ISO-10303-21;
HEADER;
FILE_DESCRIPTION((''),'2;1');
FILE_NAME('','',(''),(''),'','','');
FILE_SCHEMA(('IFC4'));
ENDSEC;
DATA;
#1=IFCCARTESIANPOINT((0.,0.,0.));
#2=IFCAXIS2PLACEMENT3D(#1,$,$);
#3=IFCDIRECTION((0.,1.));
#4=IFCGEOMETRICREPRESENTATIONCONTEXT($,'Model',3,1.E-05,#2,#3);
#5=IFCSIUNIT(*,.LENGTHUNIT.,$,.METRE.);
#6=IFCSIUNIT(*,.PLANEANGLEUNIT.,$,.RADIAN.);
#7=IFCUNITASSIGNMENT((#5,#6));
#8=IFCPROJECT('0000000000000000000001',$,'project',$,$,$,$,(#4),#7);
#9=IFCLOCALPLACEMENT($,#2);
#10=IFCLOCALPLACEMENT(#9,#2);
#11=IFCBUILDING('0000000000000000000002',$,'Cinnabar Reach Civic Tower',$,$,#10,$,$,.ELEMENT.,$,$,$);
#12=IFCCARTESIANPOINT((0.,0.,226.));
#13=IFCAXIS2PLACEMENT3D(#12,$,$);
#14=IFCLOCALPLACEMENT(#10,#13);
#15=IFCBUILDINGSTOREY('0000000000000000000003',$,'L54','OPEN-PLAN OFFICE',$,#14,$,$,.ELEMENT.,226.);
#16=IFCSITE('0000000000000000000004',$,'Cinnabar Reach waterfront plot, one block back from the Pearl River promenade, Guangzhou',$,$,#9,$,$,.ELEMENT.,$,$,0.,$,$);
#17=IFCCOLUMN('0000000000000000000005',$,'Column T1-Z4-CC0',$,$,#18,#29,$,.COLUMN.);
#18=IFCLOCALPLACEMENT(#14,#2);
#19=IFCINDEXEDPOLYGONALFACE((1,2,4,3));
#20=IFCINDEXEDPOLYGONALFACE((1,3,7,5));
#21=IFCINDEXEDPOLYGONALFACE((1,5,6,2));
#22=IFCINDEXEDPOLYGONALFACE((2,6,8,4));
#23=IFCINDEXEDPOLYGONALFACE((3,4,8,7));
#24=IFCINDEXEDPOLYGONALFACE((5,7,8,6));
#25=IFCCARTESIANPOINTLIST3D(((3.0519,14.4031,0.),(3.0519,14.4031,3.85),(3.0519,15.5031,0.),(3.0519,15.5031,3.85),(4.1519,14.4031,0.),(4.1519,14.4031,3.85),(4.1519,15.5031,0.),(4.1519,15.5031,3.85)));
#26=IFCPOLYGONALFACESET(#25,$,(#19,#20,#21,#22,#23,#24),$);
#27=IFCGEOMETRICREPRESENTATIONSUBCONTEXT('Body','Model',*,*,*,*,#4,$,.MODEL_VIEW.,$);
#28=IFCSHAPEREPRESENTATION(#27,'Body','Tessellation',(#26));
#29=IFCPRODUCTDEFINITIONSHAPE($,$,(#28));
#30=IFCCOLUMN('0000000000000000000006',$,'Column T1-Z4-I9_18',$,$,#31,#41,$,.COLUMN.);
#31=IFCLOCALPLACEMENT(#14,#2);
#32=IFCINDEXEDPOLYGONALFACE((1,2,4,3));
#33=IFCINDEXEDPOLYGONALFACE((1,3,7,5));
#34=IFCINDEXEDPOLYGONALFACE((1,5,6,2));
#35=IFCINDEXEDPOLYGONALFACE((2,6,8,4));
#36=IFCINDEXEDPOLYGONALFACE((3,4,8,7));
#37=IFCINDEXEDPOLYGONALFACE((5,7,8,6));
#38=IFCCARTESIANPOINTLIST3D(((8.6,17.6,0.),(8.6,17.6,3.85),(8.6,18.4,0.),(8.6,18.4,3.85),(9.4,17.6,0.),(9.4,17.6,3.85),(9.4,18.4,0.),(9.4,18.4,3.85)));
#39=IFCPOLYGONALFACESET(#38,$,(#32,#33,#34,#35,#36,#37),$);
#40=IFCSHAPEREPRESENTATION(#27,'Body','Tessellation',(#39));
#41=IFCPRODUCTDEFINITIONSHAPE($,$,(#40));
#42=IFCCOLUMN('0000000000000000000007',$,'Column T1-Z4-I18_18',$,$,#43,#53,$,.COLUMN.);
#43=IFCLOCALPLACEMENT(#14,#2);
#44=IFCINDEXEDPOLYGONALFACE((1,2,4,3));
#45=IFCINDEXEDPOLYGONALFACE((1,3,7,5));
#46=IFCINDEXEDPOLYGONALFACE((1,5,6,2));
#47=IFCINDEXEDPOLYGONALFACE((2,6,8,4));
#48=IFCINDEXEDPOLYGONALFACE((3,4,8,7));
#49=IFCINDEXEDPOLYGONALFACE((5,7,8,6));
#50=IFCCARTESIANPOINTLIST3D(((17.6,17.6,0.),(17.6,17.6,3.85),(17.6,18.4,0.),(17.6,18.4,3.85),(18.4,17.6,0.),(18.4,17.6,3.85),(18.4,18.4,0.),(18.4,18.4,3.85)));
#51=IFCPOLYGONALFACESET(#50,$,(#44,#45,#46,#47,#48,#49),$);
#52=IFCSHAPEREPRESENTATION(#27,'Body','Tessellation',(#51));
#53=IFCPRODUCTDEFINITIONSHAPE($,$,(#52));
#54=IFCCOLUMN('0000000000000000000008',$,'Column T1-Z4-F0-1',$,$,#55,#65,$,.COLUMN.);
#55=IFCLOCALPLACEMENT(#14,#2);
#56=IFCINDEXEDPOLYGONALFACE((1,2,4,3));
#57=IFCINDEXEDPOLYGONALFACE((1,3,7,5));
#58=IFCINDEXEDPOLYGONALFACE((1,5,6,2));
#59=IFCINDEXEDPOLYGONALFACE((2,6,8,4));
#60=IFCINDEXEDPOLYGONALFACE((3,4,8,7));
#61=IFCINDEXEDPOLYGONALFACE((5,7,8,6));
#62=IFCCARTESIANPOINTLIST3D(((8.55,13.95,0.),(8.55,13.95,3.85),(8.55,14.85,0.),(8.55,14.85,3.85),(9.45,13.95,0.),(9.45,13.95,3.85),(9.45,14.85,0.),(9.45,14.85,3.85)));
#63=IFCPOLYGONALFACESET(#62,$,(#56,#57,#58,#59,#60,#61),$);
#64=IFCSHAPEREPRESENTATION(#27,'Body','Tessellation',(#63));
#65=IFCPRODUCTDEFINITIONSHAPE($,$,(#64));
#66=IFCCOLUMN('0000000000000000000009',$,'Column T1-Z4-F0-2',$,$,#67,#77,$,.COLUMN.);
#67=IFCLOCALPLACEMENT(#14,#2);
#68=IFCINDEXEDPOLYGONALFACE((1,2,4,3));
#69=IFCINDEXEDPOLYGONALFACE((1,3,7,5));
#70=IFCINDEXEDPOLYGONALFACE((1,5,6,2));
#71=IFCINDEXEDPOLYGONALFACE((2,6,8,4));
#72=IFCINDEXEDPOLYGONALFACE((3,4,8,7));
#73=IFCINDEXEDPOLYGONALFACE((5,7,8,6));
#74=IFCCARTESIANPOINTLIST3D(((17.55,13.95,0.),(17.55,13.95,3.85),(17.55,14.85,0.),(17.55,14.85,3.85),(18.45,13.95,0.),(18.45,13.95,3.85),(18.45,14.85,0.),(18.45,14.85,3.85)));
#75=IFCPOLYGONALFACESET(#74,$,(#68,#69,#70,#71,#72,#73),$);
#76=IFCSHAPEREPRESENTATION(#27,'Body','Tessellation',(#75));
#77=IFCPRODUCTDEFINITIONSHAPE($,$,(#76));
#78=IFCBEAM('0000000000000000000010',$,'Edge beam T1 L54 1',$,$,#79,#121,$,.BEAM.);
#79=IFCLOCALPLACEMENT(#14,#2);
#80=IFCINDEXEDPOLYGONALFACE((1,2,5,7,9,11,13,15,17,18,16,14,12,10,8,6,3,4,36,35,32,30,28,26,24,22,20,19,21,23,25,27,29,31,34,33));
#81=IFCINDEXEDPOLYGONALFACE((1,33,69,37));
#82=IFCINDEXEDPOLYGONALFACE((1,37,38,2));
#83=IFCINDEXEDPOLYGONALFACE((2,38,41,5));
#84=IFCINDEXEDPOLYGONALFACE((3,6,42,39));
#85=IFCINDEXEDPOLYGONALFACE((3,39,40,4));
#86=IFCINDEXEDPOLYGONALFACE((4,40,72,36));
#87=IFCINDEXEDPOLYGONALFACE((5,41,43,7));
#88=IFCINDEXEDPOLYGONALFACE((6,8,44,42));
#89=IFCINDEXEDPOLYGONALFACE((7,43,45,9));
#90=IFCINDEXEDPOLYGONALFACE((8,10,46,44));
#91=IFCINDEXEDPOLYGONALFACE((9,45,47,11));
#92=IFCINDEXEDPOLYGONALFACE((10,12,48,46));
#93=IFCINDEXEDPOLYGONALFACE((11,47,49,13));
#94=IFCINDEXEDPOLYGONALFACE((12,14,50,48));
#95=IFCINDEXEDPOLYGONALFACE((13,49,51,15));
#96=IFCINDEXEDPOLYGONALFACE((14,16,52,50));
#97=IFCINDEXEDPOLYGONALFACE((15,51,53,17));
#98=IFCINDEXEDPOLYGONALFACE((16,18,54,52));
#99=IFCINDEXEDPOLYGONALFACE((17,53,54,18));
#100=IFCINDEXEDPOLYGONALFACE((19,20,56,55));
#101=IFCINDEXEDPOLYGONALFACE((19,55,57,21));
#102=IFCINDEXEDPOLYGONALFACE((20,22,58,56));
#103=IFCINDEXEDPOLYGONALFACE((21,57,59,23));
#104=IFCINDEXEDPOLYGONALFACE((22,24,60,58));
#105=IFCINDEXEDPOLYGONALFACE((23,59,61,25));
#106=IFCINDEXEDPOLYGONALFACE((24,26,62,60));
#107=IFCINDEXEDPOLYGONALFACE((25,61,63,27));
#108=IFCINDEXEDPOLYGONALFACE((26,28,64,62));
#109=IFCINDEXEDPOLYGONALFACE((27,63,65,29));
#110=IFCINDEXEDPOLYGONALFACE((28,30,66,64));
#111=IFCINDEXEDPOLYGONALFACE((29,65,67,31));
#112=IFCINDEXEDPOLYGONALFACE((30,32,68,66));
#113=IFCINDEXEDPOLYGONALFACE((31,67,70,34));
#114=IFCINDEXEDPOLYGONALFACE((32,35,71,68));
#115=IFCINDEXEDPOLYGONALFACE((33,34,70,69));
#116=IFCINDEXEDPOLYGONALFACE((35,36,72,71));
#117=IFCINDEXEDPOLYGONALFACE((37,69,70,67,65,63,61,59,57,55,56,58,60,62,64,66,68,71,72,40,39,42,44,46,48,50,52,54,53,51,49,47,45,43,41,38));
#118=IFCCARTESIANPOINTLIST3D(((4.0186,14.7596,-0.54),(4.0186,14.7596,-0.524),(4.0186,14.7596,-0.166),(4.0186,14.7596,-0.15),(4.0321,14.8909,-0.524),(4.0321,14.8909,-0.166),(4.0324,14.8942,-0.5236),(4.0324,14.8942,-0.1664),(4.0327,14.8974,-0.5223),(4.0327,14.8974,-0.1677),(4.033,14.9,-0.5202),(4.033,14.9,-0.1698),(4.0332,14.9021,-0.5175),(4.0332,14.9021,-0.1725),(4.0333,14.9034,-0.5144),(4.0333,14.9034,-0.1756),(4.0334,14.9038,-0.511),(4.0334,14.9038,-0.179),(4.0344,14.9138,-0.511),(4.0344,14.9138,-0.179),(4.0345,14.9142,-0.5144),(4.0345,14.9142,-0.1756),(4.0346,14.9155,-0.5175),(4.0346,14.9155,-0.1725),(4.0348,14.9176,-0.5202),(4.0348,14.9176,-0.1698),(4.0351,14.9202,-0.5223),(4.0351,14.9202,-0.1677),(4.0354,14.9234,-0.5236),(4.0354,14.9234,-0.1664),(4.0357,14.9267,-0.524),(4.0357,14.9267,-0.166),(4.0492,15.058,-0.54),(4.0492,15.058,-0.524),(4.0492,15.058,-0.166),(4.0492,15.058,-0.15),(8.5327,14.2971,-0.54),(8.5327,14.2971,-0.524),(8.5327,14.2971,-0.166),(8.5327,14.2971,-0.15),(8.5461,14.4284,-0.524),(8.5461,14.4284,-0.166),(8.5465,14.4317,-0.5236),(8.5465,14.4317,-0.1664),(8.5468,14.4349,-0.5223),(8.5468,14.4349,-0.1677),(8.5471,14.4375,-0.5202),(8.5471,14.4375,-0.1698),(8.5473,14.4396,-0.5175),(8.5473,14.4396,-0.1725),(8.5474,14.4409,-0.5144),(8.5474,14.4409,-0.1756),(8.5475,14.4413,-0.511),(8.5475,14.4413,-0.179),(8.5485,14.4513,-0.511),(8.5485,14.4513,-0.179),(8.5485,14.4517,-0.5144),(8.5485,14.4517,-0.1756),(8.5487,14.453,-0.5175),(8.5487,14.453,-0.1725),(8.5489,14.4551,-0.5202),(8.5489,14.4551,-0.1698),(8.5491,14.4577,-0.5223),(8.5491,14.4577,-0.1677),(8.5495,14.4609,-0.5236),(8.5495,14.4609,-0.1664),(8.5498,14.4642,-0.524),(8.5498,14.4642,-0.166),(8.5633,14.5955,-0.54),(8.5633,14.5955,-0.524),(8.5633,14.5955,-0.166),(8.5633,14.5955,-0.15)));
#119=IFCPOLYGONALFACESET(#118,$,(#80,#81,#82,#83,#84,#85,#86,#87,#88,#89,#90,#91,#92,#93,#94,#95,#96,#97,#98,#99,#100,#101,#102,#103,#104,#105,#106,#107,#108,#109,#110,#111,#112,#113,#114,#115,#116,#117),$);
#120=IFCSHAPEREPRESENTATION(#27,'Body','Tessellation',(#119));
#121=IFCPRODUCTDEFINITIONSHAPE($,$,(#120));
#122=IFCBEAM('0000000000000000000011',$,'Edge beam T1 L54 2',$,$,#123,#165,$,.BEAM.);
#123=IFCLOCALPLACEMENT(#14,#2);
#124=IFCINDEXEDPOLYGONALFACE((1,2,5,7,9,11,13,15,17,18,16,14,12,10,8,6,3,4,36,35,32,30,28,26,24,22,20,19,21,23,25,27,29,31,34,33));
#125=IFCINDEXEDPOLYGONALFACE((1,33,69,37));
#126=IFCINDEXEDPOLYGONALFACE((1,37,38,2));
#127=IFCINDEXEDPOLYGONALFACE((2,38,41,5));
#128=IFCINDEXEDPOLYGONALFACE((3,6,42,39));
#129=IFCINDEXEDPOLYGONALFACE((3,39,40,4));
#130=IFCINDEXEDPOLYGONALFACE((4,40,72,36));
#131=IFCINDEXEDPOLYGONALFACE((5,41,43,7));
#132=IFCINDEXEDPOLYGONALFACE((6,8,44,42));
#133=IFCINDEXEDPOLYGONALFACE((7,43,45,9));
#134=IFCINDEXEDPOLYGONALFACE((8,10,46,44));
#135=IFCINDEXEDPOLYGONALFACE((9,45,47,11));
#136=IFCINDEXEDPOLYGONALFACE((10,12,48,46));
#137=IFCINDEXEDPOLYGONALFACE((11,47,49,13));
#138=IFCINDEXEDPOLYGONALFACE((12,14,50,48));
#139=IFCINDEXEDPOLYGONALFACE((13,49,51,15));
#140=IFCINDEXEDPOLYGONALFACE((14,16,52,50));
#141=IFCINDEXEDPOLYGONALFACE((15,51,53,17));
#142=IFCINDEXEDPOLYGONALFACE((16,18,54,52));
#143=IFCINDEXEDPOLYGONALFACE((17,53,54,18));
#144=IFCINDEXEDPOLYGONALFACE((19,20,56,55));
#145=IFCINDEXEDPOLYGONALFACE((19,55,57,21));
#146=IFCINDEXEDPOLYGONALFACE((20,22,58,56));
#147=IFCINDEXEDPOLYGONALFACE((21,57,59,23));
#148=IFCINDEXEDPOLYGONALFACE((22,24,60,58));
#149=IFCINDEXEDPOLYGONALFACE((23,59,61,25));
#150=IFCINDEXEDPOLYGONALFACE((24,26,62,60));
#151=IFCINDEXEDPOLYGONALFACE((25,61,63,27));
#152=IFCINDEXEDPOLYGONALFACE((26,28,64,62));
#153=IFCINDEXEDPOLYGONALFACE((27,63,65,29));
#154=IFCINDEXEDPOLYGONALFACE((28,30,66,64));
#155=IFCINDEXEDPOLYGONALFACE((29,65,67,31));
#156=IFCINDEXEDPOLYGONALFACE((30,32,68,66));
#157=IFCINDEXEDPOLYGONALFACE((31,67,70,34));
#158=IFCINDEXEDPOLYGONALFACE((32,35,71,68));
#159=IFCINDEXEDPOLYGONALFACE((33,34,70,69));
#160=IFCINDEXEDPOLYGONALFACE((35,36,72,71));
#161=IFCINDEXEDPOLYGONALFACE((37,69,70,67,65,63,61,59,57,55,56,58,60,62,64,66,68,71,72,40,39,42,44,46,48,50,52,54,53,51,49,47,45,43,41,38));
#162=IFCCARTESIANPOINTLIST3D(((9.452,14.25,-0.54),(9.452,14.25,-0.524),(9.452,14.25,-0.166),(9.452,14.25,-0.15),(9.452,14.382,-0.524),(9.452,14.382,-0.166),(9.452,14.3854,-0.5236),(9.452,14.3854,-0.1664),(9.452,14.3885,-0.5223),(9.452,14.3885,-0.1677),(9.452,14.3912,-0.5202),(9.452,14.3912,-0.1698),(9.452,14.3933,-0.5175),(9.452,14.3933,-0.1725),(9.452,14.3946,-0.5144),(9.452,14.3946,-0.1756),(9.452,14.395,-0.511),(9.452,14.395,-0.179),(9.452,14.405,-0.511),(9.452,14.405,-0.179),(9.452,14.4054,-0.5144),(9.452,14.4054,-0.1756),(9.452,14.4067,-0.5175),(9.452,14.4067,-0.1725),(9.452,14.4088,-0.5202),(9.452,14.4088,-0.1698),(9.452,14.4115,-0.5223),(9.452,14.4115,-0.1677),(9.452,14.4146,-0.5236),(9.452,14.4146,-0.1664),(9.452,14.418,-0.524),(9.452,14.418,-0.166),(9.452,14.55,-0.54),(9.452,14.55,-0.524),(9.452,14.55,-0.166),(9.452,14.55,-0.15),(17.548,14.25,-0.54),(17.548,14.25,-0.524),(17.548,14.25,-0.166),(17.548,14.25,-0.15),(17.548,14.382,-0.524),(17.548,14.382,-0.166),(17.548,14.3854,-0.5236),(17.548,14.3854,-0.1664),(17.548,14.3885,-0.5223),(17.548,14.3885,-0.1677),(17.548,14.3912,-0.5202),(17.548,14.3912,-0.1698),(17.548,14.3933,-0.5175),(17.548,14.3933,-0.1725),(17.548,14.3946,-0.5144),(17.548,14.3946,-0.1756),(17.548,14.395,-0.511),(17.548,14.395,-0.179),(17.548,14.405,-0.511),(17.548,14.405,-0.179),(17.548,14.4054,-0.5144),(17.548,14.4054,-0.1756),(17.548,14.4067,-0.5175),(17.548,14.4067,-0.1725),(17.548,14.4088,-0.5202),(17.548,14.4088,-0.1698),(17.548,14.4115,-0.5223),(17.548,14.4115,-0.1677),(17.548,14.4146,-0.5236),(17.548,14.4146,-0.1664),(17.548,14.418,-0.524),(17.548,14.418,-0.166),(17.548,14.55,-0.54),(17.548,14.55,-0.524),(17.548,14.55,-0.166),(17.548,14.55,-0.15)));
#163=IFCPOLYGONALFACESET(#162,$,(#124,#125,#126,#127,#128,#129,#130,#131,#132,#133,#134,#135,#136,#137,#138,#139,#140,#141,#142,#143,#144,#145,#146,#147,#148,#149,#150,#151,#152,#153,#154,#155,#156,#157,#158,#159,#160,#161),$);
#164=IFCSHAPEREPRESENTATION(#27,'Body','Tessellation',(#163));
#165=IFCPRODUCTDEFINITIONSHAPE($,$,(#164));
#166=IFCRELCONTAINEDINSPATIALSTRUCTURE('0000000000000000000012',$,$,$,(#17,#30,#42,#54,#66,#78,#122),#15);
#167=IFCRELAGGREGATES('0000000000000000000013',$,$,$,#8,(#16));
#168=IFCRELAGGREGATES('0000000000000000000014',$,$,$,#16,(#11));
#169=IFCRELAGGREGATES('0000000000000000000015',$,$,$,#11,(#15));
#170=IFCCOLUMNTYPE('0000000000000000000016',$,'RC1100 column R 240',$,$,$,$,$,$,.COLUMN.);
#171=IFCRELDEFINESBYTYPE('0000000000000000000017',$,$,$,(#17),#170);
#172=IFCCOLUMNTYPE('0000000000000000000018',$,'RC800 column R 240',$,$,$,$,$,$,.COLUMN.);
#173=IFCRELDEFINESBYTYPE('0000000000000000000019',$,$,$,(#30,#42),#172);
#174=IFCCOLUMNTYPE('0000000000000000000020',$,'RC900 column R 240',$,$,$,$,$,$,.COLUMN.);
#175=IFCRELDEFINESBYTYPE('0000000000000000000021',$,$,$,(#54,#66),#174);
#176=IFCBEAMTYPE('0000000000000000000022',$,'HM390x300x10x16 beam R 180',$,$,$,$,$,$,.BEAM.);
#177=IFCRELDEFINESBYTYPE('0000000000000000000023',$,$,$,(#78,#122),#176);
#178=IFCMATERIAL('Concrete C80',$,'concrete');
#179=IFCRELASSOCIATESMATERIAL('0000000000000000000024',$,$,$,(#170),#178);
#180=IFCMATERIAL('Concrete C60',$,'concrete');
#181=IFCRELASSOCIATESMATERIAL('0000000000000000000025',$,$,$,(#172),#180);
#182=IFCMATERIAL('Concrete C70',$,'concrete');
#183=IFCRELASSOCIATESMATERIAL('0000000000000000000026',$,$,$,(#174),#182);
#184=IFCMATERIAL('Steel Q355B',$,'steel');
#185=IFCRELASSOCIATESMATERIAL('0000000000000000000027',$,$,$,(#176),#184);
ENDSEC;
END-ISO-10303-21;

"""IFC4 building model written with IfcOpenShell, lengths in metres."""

from ifc_helpers import new_model, si_unit, direction, frame, origin, origin_2d, place, context, subcontext, project, spatial, rectangle, i_section, extrude, material, material_profile, profile_set, type_object, element, save


model = new_model("IFC4")

# Units and contexts
model_context = context("Model", 3, precision=1e-05, world=origin(), true_north=direction((0.0, 1.0)))
body_context = subcontext(model_context, "Body", "Model", "MODEL_VIEW")
ifc_project = project(units=[si_unit("LENGTHUNIT", "METRE"), si_unit("PLANEANGLEUNIT", "RADIAN")], contexts=[model_context])

# Site, building, storey
site_placement = place(None, origin())
site = spatial("IfcSite", under=ifc_project, at=site_placement, Name="Cinnabar Reach waterfront plot, one block back from the Pearl River promenade, Guangzhou", CompositionType="ELEMENT", RefElevation=0.0)
building_placement = place(site_placement, origin())
building = spatial("IfcBuilding", under=site, at=building_placement, Name="Cinnabar Reach Civic Tower", CompositionType="ELEMENT")
storey_placement = place(building_placement, frame((0.0, 0.0, 226.0)))
storey = spatial("IfcBuildingStorey", under=building, at=storey_placement, Name="L54", Description="OPEN-PLAN OFFICE", CompositionType="ELEMENT", Elevation=226.0)

# Columns
ifc_material_1 = material(Name="Concrete C80", Category="concrete")
ifc_material_profile_1 = material_profile(ifc_material_1, rectangle(XDim=1.1, YDim=1.1, at=origin_2d()), Name="RC1100")
ifc_profile_set_1 = profile_set([ifc_material_profile_1], Name="Concrete C80")
column_type_1 = type_object("IfcColumnType", Name="RC1100 column R 240", PredefinedType="COLUMN", material=ifc_profile_set_1)
column_placement = place(storey_placement, frame((3.6019, 14.9531, 0.0), z_axis=(0.0, 0.0, 1.0), x_axis=(1.0, 0.0, 0.0)))
element("IfcColumn", 1, at=column_placement, inside=storey, type_object=column_type_1, Name="Column T1-Z4-CC0", PredefinedType="COLUMN", context=body_context, shape_type="SweptSolid", body=[
    extrude(rectangle(XDim=1.1, YDim=1.1, at=origin_2d()), origin(), (0.0, 0.0, 1.0), 3.85),
])
ifc_material_2 = material(Name="Concrete C60", Category="concrete")
ifc_material_profile_2 = material_profile(ifc_material_2, rectangle(XDim=0.8, YDim=0.8, at=origin_2d()), Name="RC800")
ifc_profile_set_2 = profile_set([ifc_material_profile_2], Name="Concrete C60")
column_type_2 = type_object("IfcColumnType", Name="RC800 column R 240", PredefinedType="COLUMN", material=ifc_profile_set_2)
for number, where, z_axis, x_axis, name in (
    (2, (9.0, 18.0, 0.0), (0.0, 0.0, 1.0), (1.0, 0.0, 0.0), "Column T1-Z4-I9_18"),
    (3, (18.0, 18.0, 0.0), (0.0, 0.0, 1.0), (1.0, 0.0, 0.0), "Column T1-Z4-I18_18"),
):
    element("IfcColumn", number, at=place(storey_placement, frame(where, z_axis=z_axis, x_axis=x_axis)), inside=storey, type_object=column_type_2, Name=name, PredefinedType="COLUMN", context=body_context, shape_type="SweptSolid", body=[
        extrude(rectangle(XDim=0.8, YDim=0.8, at=origin_2d()), origin(), (0.0, 0.0, 1.0), 3.85),
    ])
ifc_material_3 = material(Name="Concrete C70", Category="concrete")
ifc_material_profile_3 = material_profile(ifc_material_3, rectangle(XDim=0.9, YDim=0.9, at=origin_2d()), Name="RC900")
ifc_profile_set_3 = profile_set([ifc_material_profile_3], Name="Concrete C70")
column_type_3 = type_object("IfcColumnType", Name="RC900 column R 240", PredefinedType="COLUMN", material=ifc_profile_set_3)
for number, where, z_axis, x_axis, name in (
    (4, (9.0, 14.4, 0.0), (0.0, 0.0, 1.0), (1.0, 0.0, 0.0), "Column T1-Z4-F0-1"),
    (5, (18.0, 14.4, 0.0), (0.0, 0.0, 1.0), (1.0, 0.0, 0.0), "Column T1-Z4-F0-2"),
):
    element("IfcColumn", number, at=place(storey_placement, frame(where, z_axis=z_axis, x_axis=x_axis)), inside=storey, type_object=column_type_3, Name=name, PredefinedType="COLUMN", context=body_context, shape_type="SweptSolid", body=[
        extrude(rectangle(XDim=0.9, YDim=0.9, at=origin_2d()), origin(), (0.0, 0.0, 1.0), 3.85),
    ])

# Beams
ifc_material_4 = material(Name="Steel Q355B", Category="steel")
ifc_material_profile_4 = material_profile(ifc_material_4, i_section(OverallWidth=0.3, OverallDepth=0.39, WebThickness=0.01, FlangeThickness=0.016, FilletRadius=0.013, at=origin_2d()), Name="HM390x300x10x16")
ifc_profile_set_4 = profile_set([ifc_material_profile_4], Name="Steel Q355B")
beam_type_1 = type_object("IfcBeamType", Name="HM390x300x10x16 beam R 180", PredefinedType="BEAM", material=ifc_profile_set_4)
beam_1_placement = place(storey_placement, frame((4.0339, 14.9088, -0.345), z_axis=(0.994792, -0.101923, 0.0), x_axis=(0.101923, 0.994792, 0.0)))
element("IfcBeam", 6, at=beam_1_placement, inside=storey, type_object=beam_type_1, Name="Edge beam T1 L54 1", PredefinedType="BEAM", context=body_context, shape_type="SweptSolid", body=[
    extrude(i_section(OverallWidth=0.3, OverallDepth=0.39, WebThickness=0.01, FlangeThickness=0.016, FilletRadius=0.013, at=origin_2d()), origin(), (0.0, 0.0, 1.0), 4.5377),
])
beam_2_placement = place(storey_placement, frame((9.452, 14.4, -0.345), z_axis=(1.0, 0.0, 0.0), x_axis=(0.0, 1.0, 0.0)))
element("IfcBeam", 7, at=beam_2_placement, inside=storey, type_object=beam_type_1, Name="Edge beam T1 L54 2", PredefinedType="BEAM", context=body_context, shape_type="SweptSolid", body=[
    extrude(i_section(OverallWidth=0.3, OverallDepth=0.39, WebThickness=0.01, FlangeThickness=0.016, FilletRadius=0.013, at=origin_2d()), origin(), (0.0, 0.0, 1.0), 8.096),
])

save(model, "model.ifc")
